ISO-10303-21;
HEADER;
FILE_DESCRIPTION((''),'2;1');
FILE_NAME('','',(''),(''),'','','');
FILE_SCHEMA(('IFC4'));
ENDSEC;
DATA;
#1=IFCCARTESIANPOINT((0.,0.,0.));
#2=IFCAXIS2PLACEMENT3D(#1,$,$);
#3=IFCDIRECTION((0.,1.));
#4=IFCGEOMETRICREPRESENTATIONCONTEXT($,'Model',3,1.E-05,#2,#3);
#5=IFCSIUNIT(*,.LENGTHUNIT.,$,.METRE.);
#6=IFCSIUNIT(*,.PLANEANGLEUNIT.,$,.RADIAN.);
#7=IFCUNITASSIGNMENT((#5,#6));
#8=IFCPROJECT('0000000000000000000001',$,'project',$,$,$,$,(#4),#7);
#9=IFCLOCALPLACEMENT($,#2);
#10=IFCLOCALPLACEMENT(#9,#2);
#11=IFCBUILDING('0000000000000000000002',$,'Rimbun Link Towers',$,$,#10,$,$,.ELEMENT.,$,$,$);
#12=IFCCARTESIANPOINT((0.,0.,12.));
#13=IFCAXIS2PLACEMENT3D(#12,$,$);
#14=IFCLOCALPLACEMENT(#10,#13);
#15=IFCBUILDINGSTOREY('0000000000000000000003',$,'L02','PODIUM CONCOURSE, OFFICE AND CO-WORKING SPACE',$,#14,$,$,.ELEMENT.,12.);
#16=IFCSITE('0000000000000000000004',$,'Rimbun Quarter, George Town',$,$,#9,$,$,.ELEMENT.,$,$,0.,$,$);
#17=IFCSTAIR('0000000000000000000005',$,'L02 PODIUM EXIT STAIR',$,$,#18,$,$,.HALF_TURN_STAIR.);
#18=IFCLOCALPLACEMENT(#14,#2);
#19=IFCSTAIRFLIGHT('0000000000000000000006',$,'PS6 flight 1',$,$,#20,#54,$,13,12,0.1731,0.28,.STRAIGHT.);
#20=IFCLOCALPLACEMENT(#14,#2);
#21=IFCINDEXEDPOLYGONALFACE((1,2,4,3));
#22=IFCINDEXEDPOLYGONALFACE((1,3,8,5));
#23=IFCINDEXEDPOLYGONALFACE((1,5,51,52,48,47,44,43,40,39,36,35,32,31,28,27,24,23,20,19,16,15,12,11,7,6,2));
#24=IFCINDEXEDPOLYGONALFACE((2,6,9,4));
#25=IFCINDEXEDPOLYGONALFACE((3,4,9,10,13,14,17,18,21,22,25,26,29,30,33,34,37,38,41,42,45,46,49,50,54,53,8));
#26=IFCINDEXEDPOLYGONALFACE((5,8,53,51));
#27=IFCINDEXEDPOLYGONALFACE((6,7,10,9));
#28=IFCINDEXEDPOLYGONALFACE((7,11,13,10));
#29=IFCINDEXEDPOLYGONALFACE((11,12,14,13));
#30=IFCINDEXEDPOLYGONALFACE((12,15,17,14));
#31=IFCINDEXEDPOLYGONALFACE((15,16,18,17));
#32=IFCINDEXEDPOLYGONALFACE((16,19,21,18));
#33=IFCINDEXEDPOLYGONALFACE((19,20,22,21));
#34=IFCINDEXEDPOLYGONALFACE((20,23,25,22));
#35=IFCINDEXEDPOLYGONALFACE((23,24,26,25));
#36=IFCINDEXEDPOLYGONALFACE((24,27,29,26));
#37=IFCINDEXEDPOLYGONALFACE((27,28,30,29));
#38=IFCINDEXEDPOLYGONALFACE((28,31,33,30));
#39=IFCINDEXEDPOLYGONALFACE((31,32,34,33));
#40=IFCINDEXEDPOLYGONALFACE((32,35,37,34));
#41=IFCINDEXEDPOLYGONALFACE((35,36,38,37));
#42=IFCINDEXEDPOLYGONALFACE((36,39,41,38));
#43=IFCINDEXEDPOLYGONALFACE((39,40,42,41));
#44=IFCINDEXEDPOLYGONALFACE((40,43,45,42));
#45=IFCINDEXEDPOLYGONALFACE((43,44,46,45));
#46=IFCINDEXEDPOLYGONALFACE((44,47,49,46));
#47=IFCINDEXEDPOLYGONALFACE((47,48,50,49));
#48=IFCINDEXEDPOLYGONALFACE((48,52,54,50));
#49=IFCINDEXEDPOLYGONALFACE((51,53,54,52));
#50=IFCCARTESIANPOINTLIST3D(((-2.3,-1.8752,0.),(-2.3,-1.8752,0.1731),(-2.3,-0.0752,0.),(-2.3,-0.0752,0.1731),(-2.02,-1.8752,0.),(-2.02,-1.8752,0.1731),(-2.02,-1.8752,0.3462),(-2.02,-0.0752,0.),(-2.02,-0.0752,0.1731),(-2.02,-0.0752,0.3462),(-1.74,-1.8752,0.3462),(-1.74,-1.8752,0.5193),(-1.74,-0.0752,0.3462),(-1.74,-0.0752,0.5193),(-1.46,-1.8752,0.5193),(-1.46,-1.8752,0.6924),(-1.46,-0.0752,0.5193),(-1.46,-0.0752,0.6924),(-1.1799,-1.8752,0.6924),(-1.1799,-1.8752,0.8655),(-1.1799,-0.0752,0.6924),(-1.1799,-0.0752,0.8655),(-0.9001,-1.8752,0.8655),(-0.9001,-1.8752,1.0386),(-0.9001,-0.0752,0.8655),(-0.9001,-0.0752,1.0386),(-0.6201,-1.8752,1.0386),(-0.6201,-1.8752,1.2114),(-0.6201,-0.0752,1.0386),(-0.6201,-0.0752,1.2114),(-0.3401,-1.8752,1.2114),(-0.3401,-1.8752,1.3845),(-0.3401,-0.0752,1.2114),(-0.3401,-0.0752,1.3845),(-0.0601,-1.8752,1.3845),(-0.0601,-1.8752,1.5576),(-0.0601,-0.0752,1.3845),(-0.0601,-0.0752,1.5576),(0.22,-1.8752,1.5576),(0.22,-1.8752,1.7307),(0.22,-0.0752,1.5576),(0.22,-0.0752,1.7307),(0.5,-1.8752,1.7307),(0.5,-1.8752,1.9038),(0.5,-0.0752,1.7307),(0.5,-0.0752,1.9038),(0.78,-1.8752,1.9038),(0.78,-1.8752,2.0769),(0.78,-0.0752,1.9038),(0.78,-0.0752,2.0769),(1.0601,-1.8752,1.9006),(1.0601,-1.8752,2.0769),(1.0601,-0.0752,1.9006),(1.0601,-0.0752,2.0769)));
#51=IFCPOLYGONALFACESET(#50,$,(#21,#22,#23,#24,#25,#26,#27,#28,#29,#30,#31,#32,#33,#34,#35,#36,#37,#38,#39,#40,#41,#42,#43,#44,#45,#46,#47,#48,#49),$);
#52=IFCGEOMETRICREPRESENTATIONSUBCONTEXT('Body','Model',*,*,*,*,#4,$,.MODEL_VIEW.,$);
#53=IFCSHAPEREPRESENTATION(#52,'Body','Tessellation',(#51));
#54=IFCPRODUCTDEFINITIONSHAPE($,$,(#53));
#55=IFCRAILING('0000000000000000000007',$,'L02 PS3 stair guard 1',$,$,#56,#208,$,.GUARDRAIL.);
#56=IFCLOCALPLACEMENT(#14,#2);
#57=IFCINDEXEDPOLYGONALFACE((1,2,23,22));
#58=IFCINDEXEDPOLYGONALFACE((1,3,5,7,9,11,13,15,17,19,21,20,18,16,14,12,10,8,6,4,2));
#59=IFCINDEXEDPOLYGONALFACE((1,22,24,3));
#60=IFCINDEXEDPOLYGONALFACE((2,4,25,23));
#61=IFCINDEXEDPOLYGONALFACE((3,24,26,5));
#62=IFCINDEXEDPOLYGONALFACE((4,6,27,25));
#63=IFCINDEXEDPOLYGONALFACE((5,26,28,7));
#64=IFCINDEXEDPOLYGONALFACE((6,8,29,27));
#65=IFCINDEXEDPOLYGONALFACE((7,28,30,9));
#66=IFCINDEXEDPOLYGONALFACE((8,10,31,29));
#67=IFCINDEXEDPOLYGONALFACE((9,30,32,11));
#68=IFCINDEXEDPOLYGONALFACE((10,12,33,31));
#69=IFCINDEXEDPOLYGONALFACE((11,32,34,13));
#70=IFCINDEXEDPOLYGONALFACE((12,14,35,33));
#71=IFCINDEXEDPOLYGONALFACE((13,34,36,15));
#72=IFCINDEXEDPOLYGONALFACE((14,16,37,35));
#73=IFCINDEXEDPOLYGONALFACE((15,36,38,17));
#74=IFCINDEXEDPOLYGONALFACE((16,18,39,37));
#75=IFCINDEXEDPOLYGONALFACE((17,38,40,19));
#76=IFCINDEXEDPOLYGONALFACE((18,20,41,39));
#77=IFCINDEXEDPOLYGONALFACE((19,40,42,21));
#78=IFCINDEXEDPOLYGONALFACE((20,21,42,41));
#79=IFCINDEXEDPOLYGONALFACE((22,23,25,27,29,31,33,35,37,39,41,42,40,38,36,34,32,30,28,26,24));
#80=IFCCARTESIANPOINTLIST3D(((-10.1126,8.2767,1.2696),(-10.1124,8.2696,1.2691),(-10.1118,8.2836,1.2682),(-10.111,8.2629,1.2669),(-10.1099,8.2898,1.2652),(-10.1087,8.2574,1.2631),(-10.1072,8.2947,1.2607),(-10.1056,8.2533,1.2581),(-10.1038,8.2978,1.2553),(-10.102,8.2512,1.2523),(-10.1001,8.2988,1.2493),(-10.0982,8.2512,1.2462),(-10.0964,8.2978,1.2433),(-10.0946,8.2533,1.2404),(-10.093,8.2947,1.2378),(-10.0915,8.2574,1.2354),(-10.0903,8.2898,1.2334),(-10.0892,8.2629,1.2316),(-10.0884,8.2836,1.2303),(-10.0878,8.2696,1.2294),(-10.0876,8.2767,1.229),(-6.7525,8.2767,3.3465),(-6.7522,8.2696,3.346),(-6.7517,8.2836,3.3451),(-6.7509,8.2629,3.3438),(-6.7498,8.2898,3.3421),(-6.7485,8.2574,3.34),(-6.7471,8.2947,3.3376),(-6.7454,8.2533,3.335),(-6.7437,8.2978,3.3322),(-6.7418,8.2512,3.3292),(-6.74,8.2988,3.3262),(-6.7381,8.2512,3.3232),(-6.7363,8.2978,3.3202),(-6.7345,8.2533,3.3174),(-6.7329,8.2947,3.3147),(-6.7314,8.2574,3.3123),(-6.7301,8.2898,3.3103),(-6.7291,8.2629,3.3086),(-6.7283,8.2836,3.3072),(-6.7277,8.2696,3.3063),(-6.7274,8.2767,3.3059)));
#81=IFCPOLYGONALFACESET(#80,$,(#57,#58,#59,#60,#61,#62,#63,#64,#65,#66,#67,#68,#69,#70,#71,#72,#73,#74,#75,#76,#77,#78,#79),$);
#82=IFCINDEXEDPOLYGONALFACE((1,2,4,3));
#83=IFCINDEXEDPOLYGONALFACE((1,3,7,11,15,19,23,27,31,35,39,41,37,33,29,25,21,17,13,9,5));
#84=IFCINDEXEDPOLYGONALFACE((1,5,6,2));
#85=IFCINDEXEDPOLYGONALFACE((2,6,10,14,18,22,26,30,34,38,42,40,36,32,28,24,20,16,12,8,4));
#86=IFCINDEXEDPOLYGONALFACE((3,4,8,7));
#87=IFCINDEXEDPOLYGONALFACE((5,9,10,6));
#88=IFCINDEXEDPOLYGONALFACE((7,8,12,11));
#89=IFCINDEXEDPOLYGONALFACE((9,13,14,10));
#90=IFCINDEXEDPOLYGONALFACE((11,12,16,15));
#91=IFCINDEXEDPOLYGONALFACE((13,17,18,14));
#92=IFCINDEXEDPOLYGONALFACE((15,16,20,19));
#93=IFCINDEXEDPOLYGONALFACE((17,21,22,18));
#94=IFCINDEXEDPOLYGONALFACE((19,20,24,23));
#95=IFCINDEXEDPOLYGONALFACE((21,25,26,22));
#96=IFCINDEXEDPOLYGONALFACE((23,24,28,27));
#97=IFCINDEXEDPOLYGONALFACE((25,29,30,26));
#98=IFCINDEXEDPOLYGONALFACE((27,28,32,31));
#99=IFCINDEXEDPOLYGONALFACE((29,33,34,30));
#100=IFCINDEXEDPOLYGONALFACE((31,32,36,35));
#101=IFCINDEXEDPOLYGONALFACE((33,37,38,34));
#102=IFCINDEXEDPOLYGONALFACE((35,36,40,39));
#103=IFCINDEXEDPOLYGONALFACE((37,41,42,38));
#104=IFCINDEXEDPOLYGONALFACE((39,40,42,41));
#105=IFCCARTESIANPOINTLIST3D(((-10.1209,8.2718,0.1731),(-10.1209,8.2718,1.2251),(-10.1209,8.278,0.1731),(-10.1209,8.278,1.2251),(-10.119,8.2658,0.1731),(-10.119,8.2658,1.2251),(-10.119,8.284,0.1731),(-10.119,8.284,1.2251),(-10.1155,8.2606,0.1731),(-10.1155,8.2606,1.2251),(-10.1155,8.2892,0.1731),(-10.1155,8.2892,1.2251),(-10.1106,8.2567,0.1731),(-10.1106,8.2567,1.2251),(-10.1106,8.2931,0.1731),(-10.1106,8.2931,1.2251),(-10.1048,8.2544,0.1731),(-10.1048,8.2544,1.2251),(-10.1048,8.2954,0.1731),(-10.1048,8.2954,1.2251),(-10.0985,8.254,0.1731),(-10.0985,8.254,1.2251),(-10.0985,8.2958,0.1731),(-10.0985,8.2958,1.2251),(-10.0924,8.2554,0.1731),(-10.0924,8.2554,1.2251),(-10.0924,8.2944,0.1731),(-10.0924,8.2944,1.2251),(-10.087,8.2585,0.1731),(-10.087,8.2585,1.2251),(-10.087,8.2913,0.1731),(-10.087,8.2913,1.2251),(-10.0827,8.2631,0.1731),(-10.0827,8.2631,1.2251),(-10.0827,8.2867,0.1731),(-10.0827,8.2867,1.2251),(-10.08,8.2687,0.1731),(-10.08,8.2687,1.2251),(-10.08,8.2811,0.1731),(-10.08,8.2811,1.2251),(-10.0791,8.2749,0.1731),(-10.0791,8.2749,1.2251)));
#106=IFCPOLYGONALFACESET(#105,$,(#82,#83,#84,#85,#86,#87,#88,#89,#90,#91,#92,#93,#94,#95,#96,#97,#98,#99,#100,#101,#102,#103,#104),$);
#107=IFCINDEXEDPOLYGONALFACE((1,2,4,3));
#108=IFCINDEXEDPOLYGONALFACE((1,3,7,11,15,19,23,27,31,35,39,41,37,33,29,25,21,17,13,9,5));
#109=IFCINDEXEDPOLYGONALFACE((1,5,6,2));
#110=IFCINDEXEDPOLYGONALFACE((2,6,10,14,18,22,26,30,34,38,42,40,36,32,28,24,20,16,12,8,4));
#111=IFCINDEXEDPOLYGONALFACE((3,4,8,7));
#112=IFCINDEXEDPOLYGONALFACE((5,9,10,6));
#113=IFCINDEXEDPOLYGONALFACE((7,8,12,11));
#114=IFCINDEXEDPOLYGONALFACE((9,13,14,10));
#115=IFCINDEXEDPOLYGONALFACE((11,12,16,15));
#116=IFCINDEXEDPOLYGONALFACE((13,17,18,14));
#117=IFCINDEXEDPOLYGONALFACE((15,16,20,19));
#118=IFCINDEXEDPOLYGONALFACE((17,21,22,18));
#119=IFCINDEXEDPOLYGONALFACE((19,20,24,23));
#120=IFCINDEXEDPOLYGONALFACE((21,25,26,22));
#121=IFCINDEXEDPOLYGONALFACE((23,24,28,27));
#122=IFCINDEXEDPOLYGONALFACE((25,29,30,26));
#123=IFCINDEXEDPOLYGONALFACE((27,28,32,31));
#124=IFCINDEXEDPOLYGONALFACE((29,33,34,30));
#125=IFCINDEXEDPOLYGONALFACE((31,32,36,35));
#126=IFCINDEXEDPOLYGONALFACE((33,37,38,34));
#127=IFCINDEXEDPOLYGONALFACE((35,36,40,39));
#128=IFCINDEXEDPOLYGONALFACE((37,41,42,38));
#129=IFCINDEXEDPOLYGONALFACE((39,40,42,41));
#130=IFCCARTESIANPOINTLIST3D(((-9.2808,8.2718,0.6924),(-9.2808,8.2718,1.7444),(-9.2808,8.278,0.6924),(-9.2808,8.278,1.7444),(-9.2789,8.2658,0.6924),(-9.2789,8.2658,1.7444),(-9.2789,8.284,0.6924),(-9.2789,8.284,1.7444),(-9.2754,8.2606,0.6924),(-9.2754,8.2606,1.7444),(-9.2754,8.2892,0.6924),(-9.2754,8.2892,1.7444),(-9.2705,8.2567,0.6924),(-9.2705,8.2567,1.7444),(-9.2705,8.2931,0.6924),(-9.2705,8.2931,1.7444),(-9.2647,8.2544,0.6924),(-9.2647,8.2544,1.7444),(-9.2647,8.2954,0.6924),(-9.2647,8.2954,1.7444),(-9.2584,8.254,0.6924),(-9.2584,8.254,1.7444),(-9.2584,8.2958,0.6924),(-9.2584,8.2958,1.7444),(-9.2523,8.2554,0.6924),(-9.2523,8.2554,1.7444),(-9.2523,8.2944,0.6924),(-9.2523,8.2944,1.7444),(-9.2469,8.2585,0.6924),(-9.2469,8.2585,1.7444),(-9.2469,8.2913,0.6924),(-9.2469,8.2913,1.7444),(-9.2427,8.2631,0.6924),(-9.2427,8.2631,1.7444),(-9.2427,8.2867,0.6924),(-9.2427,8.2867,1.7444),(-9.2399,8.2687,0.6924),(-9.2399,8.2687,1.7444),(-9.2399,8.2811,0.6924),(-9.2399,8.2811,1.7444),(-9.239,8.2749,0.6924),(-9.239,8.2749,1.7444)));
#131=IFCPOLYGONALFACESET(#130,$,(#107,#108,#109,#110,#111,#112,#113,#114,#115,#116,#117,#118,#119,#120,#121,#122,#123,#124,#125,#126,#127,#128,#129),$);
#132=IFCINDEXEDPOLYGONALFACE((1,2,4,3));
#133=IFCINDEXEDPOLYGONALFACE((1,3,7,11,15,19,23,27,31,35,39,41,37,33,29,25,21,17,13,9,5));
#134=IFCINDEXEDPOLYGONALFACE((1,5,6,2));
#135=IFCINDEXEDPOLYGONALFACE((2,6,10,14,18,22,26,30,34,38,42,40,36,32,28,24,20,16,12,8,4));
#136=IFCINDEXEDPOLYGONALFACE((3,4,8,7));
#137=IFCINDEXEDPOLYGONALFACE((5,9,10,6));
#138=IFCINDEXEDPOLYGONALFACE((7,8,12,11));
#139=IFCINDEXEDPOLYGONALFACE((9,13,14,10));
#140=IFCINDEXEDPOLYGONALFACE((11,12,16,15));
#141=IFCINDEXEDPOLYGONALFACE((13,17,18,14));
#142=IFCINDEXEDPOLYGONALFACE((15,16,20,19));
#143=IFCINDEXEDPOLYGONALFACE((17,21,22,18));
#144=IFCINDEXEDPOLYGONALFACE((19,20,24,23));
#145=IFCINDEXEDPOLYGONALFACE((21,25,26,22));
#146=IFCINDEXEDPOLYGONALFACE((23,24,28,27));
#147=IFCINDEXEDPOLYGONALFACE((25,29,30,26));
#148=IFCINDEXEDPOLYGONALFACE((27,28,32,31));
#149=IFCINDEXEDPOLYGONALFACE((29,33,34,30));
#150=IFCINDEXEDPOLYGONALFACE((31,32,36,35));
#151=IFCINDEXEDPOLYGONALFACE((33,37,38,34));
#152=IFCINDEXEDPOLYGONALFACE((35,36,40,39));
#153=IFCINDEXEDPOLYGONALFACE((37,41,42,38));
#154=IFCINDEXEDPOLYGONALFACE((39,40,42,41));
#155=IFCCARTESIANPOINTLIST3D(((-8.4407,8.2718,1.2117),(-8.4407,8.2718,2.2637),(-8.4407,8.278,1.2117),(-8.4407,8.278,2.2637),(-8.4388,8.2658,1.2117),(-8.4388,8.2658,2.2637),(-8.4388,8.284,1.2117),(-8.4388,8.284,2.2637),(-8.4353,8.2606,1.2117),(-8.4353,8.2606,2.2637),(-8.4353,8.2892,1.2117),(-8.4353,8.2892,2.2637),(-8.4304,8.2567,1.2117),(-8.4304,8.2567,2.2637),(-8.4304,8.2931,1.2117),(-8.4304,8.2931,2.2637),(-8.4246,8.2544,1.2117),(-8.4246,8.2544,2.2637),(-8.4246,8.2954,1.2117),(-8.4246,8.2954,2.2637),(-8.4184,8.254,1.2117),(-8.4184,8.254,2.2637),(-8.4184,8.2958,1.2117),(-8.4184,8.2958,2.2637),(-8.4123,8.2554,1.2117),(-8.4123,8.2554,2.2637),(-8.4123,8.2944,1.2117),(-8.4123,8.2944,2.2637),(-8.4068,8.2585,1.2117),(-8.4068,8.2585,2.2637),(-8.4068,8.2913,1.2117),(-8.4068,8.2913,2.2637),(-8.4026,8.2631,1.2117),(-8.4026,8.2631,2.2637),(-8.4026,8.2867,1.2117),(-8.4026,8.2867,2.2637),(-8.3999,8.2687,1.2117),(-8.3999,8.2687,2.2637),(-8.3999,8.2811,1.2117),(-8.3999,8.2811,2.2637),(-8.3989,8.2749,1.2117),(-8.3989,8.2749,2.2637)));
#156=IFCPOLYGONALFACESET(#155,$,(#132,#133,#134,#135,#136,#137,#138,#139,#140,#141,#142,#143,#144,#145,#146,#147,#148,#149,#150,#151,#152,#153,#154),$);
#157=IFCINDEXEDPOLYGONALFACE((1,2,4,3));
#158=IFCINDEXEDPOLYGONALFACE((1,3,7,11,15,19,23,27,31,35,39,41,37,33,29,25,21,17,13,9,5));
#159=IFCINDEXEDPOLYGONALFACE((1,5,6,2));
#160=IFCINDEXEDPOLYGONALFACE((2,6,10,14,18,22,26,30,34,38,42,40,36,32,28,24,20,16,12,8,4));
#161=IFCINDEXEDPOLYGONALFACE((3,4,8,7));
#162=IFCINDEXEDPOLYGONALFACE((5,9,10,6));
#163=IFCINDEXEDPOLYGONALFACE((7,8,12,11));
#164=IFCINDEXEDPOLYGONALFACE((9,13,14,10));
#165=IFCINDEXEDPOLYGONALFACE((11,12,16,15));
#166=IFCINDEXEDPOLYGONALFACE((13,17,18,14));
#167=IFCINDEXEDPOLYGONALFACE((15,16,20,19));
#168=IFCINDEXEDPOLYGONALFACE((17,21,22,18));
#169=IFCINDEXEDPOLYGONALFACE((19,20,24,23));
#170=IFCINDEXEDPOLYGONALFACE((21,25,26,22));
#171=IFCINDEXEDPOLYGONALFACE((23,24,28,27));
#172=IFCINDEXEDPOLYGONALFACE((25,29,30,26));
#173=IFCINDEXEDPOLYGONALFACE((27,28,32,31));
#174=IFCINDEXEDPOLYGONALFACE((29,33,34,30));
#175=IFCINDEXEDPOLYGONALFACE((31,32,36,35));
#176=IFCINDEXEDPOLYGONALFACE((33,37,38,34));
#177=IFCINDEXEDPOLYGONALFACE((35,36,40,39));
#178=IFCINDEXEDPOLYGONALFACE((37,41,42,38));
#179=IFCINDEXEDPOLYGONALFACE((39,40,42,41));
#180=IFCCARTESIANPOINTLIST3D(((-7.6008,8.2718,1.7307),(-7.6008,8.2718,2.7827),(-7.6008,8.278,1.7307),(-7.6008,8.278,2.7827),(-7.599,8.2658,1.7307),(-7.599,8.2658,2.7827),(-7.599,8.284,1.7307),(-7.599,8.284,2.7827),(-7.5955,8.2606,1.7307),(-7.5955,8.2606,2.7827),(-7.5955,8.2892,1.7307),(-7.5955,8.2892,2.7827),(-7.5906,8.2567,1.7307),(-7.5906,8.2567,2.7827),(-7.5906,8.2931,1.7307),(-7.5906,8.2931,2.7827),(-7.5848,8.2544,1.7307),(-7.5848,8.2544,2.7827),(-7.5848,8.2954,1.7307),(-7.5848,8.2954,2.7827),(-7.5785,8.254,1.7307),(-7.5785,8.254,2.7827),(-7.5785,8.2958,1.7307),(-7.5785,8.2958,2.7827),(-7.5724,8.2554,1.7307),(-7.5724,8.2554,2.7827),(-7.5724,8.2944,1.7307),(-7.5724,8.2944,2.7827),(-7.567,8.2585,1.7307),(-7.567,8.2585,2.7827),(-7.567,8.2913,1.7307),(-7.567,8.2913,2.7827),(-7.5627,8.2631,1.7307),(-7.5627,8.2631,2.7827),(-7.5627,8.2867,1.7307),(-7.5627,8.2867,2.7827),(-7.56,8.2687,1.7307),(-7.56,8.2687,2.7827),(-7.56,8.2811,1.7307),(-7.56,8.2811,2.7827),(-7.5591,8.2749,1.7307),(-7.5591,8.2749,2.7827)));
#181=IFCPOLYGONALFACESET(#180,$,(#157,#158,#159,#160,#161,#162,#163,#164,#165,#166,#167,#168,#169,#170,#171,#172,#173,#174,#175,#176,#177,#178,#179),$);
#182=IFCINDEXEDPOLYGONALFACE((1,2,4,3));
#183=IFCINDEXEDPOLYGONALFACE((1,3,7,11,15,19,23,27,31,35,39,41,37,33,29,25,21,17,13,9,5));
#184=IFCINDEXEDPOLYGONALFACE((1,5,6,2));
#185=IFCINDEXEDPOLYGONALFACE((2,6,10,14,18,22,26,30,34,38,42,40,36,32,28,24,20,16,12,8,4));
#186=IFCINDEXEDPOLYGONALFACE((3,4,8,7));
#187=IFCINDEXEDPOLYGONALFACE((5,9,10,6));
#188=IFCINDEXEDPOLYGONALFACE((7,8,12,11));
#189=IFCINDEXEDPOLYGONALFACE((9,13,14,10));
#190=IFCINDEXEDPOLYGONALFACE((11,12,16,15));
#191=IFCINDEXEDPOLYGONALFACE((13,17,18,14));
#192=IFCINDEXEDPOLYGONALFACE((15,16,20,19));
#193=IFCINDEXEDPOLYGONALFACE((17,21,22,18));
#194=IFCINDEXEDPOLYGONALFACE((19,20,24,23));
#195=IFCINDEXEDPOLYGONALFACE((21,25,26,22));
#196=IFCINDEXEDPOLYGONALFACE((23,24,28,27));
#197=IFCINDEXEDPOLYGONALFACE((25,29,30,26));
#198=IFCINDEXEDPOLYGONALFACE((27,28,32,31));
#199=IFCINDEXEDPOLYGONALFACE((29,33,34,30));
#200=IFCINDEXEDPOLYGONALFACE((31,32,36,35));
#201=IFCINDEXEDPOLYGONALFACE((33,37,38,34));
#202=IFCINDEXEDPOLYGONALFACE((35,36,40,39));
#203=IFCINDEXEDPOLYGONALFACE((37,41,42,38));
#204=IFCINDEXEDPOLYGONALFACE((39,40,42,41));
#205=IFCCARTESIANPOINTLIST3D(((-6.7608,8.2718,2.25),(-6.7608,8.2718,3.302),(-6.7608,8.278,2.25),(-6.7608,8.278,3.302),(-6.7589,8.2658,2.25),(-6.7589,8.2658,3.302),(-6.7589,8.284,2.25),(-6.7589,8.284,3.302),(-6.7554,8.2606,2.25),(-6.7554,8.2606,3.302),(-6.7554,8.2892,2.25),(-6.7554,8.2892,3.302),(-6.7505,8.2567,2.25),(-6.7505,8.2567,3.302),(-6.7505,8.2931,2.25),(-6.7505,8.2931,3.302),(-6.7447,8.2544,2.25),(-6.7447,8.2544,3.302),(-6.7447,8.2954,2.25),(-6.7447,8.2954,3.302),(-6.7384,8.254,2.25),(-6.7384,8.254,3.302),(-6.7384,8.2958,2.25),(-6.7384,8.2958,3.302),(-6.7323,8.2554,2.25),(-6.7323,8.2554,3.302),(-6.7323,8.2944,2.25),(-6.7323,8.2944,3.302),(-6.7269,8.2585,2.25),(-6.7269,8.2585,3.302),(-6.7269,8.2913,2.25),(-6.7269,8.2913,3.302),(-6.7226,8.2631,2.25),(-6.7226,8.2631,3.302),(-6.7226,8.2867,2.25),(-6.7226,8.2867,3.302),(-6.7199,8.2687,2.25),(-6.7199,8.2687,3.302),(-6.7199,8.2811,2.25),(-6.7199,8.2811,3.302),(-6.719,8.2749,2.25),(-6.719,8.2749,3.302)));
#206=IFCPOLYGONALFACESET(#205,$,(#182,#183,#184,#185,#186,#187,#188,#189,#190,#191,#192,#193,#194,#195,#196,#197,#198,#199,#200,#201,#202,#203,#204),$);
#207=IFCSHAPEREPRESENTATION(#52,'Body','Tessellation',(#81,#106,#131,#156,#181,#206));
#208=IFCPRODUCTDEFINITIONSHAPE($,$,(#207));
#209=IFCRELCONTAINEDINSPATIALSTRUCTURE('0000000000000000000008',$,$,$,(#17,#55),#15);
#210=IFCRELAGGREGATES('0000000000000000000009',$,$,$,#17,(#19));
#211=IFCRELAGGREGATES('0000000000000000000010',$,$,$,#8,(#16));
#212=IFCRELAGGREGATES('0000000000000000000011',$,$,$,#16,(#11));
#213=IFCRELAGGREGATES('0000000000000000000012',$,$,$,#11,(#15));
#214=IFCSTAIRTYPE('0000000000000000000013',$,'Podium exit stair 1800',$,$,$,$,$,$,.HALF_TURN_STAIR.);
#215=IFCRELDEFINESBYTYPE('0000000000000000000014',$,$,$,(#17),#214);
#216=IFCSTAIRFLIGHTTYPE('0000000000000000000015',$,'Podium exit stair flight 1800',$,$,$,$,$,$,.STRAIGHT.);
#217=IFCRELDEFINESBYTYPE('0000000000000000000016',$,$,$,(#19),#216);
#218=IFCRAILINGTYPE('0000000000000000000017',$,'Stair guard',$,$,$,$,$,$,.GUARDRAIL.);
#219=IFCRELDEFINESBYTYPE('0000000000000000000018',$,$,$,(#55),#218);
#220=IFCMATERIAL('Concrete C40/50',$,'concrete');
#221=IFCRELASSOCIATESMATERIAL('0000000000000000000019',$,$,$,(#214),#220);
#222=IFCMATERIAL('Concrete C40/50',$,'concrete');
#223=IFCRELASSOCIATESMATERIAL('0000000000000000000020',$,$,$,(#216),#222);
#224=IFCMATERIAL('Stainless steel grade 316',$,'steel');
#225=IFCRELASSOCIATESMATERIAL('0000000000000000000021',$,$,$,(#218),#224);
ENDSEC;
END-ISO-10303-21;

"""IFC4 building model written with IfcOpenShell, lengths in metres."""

from ifc_helpers import new_model, si_unit, direction, frame, origin, origin_2d, place, context, subcontext, project, spatial, polyline, circle, outline, extrude, material, type_object, element, aggregate, save


model = new_model("IFC4")

# Units and contexts
model_context = context("Model", 3, precision=1e-05, world=origin(), true_north=direction((0.0, 1.0)))
body_context = subcontext(model_context, "Body", "Model", "MODEL_VIEW")
ifc_project = project(units=[si_unit("LENGTHUNIT", "METRE"), si_unit("PLANEANGLEUNIT", "RADIAN")], contexts=[model_context])

# Site, building, storey
site_placement = place(None, origin())
site = spatial("IfcSite", under=ifc_project, at=site_placement, Name="Rimbun Quarter, George Town", CompositionType="ELEMENT", RefElevation=0.0)
building_placement = place(site_placement, origin())
building = spatial("IfcBuilding", under=site, at=building_placement, Name="Rimbun Link Towers", CompositionType="ELEMENT")
storey_placement = place(building_placement, frame((0.0, 0.0, 12.0)))
storey = spatial("IfcBuildingStorey", under=building, at=storey_placement, Name="L02", Description="PODIUM CONCOURSE, OFFICE AND CO-WORKING SPACE", CompositionType="ELEMENT", Elevation=12.0)

# Shared definitions
ifc_material_1 = material(Name="Concrete C40/50", Category="concrete")
stair_type = type_object("IfcStairType", Name="Podium exit stair 1800", PredefinedType="HALF_TURN_STAIR", material=ifc_material_1)
ifc_material_2 = material(Name="Concrete C40/50", Category="concrete")
stair_flight_type = type_object("IfcStairFlightType", Name="Podium exit stair flight 1800", PredefinedType="STRAIGHT", material=ifc_material_2)

# Stair, stair flight
stair_1_placement = place(storey_placement, origin())
stair_1 = element("IfcStair", 1, at=stair_1_placement, inside=storey, type_object=stair_type, Name="L02 PODIUM EXIT STAIR", PredefinedType="HALF_TURN_STAIR")
stair_flight_1_placement = place(storey_placement, frame((-2.3, -0.9751, 0.0), z_axis=(0.0, 0.0, 1.0), x_axis=(1.0, 0.0, 0.0)))
stair_flight_1 = element("IfcStairFlight", 2, at=stair_flight_1_placement, type_object=stair_flight_type, Name="PS6 flight 1", NumberOfRisers=13, NumberOfTreads=12, PredefinedType="STRAIGHT", RiserHeight=0.1731, TreadLength=0.28, context=body_context, shape_type="SweptSolid", body=[
    extrude(outline(polyline([(0.0, 0.0), (0.0, 0.1731), (0.28, 0.1731), (0.28, 0.3462), (0.5601, 0.3462), (0.5601, 0.5193), (0.8401, 0.5193), (0.8401, 0.6924), (1.1201, 0.6924), (1.1201, 0.8655), (1.3999, 0.8655), (1.3999, 1.0386), (1.6799, 1.0386), (1.6799, 1.2114), (1.96, 1.2114), (1.96, 1.3845), (2.24, 1.3845), (2.24, 1.5576), (2.52, 1.5576), (2.52, 1.7307), (2.8, 1.7307), (2.8, 1.9038), (3.0801, 1.9038), (3.0801, 2.0769), (3.3601, 2.0769), (3.3601, 2.25), (3.3601, 1.9006), (0.28, 0.0), (0.0, 0.0)])), frame((0.0, 0.8999, 0.0), z_axis=(0.0, -1.0, 0.0), x_axis=(1.0, 0.0, 0.0)), (0.0, 0.0, 1.0), 1.8),
])
aggregate(stair_1, [stair_flight_1])

# Railing
ifc_material_3 = material(Name="Stainless steel grade 316", Category="steel")
railing_type_1 = type_object("IfcRailingType", Name="Stair guard", PredefinedType="GUARDRAIL", material=ifc_material_3)
railing_1_placement = place(storey_placement, frame((-10.1001, 8.2749, 0.1731)))
element("IfcRailing", 3, at=railing_1_placement, inside=storey, type_object=railing_type_1, Name="L02 PS3 stair guard 1", PredefinedType="GUARDRAIL", context=body_context, shape_type="SweptSolid", body=[
    extrude(circle(Radius=0.0239, at=origin_2d()), frame((0.0, 0.0, 1.0762), z_axis=(0.850623, 0.0, 0.525776), x_axis=(0.0, 1.0, 0.0)), (0.0, 0.0, 1.0), 3.9502),
    extrude(circle(Radius=0.021, at=origin_2d()), origin(), (0.0, 0.0, 1.0), 1.052),
    extrude(circle(Radius=0.021, at=origin_2d()), frame((0.8401, 0.0, 0.5193)), (0.0, 0.0, 1.0), 1.052),
    extrude(circle(Radius=0.021, at=origin_2d()), frame((1.6802, 0.0, 1.0386)), (0.0, 0.0, 1.0), 1.052),
    extrude(circle(Radius=0.021, at=origin_2d()), frame((2.52, 0.0, 1.5576)), (0.0, 0.0, 1.0), 1.052),
    extrude(circle(Radius=0.021, at=origin_2d()), frame((3.3601, 0.0, 2.0769)), (0.0, 0.0, 1.0), 1.052),
])

save(model, "model.ifc")
